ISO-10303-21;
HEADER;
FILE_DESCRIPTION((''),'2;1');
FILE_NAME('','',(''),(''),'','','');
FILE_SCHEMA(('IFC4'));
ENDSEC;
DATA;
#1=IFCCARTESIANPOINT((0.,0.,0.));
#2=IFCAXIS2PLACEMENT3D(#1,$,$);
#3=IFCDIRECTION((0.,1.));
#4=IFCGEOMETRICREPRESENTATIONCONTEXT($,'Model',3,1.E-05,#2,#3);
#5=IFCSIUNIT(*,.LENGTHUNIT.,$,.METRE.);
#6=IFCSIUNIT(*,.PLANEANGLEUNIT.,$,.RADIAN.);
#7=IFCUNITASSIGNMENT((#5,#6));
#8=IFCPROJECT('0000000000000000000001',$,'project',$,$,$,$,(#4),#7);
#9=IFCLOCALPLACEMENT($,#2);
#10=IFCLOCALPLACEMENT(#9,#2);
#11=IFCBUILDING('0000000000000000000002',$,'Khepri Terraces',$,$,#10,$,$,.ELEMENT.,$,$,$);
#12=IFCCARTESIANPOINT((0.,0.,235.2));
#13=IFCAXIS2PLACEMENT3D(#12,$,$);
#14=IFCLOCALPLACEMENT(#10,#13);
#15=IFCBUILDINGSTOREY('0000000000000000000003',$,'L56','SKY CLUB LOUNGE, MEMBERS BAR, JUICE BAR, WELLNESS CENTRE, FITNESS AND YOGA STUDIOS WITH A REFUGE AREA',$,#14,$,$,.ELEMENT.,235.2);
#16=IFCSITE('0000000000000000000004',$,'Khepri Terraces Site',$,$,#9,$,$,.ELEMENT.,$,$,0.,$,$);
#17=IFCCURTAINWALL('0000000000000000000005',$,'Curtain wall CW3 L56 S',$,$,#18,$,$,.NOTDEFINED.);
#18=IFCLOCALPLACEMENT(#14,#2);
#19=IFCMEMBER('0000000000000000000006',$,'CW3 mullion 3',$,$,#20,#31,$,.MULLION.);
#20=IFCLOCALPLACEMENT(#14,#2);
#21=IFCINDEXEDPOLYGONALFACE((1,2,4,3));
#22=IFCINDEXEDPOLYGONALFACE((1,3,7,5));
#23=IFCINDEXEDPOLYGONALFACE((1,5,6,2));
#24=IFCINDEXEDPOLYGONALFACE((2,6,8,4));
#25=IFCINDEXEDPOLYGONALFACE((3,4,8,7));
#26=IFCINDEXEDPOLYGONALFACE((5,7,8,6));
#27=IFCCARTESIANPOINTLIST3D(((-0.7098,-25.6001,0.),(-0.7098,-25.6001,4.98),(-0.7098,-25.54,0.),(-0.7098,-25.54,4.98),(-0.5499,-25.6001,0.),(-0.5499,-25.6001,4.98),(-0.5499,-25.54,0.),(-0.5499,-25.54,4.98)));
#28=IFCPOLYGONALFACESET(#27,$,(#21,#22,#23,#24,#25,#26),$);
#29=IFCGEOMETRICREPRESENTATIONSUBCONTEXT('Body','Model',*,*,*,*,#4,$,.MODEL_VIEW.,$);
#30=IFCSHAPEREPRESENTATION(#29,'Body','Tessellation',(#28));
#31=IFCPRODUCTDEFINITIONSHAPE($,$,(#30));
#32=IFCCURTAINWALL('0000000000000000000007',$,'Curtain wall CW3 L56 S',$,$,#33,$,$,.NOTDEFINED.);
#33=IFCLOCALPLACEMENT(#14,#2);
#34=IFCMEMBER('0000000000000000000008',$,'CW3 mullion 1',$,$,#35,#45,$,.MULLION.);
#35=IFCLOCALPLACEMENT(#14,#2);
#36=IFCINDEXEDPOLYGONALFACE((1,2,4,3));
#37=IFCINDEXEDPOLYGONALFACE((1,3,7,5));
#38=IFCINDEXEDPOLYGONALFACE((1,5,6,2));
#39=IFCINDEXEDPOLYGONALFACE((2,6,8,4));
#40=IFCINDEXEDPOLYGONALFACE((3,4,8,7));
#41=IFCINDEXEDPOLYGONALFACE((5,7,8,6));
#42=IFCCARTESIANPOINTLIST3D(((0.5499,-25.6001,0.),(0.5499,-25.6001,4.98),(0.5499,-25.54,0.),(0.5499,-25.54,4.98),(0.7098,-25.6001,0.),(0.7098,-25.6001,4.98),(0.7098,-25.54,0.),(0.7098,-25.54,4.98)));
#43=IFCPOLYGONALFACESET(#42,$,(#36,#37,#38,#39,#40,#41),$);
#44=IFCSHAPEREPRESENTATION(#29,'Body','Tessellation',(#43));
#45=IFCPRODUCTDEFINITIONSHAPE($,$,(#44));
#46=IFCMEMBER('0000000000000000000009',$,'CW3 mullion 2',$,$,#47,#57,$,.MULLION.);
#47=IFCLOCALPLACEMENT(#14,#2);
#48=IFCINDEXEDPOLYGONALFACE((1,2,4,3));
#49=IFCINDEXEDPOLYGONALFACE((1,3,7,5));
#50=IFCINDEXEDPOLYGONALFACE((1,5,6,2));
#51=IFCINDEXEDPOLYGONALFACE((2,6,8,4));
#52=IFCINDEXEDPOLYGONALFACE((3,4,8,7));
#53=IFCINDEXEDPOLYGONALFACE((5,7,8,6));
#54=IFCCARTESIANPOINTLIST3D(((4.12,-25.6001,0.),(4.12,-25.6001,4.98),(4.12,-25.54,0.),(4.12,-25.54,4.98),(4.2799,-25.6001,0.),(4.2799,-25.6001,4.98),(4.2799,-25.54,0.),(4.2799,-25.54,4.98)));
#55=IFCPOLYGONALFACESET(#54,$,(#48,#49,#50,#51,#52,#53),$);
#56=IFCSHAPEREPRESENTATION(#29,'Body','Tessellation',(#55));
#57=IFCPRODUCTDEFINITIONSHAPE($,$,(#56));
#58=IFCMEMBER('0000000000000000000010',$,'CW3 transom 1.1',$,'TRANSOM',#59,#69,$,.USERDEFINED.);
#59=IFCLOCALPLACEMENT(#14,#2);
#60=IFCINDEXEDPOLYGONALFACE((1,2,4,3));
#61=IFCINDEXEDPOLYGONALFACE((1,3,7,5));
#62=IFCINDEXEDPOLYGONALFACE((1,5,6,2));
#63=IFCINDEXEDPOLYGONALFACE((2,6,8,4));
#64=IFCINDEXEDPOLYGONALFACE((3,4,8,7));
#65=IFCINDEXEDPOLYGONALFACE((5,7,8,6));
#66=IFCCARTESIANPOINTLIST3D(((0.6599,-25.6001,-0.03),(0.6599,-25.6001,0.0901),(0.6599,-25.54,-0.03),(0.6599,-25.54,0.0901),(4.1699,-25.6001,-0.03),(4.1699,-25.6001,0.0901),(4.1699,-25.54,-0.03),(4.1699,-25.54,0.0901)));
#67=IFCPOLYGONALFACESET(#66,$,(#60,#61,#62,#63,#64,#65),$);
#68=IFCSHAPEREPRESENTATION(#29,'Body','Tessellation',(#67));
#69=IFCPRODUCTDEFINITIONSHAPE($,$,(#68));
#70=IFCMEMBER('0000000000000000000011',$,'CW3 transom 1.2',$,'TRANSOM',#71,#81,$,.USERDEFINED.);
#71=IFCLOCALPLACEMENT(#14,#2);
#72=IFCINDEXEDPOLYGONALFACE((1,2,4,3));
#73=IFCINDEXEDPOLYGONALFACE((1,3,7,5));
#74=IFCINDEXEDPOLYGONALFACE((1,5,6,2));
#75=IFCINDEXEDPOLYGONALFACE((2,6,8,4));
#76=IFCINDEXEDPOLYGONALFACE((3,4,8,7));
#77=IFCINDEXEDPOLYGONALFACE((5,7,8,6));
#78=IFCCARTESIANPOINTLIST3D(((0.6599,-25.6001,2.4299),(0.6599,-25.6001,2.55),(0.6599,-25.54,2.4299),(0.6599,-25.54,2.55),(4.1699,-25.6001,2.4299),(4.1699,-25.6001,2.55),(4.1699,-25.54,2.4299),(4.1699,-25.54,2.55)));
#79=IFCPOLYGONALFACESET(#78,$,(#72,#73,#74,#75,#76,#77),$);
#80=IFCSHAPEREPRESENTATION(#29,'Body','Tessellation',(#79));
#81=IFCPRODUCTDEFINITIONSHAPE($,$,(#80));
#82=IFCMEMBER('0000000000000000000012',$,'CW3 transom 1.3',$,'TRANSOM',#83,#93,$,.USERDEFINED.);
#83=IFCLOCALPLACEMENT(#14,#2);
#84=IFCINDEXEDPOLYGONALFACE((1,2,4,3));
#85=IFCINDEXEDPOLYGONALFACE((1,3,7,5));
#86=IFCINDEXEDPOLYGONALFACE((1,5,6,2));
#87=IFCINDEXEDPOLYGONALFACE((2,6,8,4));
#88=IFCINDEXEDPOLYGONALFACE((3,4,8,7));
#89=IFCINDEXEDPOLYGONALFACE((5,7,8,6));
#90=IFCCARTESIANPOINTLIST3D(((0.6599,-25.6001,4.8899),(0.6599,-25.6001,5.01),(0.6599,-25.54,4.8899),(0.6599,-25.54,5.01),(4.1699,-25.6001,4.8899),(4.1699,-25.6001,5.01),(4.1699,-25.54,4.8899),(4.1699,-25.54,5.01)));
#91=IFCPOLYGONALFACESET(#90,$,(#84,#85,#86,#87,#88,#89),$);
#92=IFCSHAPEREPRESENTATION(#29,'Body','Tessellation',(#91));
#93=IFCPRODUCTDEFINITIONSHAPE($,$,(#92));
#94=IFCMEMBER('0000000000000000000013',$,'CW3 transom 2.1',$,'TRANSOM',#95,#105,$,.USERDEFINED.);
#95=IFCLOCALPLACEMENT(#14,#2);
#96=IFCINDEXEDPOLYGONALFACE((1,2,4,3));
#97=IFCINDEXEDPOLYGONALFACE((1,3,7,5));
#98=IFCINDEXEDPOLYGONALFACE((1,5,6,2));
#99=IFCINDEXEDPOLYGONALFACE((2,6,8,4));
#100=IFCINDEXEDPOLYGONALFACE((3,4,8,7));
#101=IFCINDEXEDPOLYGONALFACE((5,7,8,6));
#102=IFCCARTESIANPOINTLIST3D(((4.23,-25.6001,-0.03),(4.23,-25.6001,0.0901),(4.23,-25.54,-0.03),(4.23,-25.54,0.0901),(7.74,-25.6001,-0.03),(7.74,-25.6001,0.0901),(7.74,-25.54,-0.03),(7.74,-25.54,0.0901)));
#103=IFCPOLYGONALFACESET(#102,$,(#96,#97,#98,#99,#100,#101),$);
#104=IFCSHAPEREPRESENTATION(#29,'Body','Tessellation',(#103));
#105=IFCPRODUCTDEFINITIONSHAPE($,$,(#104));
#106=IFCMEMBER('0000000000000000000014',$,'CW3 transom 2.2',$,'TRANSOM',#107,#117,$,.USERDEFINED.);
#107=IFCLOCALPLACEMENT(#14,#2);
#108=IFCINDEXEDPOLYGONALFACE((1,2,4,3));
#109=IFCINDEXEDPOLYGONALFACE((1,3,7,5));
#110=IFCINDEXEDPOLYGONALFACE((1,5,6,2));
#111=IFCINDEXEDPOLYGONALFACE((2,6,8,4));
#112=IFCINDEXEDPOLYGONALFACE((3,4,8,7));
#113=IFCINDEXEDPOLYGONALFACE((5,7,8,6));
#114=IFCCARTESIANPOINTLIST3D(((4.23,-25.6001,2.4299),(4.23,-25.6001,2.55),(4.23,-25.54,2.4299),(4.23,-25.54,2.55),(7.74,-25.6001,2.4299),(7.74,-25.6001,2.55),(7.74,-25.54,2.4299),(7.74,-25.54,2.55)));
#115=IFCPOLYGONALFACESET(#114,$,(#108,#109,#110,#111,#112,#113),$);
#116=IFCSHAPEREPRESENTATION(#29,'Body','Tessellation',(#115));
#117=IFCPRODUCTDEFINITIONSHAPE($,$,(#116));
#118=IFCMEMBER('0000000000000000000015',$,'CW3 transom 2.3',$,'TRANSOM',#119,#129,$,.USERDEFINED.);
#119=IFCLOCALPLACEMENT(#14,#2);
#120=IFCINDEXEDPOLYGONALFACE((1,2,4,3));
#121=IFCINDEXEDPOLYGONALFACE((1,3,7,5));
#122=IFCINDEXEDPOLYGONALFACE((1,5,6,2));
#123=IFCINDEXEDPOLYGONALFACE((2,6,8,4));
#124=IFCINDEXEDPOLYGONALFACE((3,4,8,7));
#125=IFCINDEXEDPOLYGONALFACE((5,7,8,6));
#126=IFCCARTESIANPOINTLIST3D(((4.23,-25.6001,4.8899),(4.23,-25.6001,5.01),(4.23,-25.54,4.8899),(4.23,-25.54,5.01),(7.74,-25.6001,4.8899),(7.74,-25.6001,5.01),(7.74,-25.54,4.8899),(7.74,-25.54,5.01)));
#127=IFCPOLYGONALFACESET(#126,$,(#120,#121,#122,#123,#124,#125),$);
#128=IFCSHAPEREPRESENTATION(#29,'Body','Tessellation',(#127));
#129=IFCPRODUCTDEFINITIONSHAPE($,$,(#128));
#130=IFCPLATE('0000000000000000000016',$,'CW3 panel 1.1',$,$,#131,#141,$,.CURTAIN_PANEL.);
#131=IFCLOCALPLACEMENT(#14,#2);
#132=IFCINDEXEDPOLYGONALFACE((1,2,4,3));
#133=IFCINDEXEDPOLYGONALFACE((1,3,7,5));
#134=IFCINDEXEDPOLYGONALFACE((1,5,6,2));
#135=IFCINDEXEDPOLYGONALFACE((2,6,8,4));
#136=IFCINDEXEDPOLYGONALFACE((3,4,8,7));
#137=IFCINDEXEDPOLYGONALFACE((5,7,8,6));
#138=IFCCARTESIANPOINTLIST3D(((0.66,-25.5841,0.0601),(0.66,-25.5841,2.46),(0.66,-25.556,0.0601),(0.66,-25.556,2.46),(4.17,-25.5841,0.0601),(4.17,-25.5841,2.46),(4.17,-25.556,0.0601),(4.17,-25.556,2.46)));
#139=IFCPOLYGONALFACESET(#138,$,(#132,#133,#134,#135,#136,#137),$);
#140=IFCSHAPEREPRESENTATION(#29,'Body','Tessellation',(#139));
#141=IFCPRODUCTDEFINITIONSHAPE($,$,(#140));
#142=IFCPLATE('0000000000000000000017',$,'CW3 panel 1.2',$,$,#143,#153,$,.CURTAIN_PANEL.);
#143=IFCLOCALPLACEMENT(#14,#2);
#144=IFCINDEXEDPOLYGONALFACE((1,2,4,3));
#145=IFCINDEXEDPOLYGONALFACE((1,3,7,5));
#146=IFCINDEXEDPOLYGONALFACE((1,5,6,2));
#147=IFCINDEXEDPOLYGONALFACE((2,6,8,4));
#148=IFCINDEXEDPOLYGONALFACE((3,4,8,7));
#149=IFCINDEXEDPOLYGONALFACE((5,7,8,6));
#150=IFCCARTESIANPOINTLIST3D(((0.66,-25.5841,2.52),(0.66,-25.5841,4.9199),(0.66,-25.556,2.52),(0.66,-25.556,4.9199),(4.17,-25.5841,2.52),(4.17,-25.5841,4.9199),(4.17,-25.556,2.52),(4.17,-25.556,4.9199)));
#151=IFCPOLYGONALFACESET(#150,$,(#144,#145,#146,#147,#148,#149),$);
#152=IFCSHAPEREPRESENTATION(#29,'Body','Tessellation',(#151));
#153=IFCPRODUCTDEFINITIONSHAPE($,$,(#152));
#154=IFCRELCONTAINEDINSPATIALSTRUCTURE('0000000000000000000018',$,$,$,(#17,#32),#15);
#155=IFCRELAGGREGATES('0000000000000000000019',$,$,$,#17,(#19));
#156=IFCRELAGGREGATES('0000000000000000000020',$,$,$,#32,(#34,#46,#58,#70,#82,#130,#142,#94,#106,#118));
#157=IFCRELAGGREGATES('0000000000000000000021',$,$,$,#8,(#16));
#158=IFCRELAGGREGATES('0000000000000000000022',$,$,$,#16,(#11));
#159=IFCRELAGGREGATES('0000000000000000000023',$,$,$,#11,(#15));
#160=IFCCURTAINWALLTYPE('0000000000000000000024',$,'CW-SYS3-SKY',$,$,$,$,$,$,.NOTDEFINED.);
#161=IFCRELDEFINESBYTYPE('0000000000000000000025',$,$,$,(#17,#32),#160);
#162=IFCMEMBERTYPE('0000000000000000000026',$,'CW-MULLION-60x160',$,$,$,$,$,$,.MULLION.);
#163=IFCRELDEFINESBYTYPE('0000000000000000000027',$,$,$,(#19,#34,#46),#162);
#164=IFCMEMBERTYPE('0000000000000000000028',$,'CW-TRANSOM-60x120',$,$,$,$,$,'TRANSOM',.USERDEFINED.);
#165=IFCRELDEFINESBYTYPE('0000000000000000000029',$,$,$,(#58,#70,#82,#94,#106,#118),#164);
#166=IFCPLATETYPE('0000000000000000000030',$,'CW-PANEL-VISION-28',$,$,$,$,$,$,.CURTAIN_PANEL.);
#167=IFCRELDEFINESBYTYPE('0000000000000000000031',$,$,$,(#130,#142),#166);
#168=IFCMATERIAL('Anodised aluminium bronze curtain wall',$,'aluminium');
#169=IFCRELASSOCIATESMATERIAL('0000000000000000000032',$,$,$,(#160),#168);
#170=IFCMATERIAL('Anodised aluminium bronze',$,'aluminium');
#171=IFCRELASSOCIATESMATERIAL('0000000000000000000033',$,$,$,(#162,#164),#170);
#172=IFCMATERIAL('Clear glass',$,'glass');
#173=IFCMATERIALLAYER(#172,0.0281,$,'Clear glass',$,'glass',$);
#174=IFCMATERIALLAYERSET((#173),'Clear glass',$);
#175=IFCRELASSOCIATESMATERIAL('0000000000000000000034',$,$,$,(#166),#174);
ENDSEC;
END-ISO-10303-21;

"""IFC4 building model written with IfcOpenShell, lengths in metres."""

from ifc_helpers import new_model, si_unit, direction, frame, origin, origin_2d, place, context, subcontext, project, spatial, rectangle, extrude, material, layer, layer_set, material_profile, profile_set, type_object, element, aggregate, save


model = new_model("IFC4")

# Units and contexts
model_context = context("Model", 3, precision=1e-05, world=origin(), true_north=direction((0.0, 1.0)))
body_context = subcontext(model_context, "Body", "Model", "MODEL_VIEW")
ifc_project = project(units=[si_unit("LENGTHUNIT", "METRE"), si_unit("PLANEANGLEUNIT", "RADIAN")], contexts=[model_context])

# Site, building, storey
site_placement = place(None, origin())
site = spatial("IfcSite", under=ifc_project, at=site_placement, Name="Khepri Terraces Site", CompositionType="ELEMENT", RefElevation=0.0)
building_placement = place(site_placement, origin())
building = spatial("IfcBuilding", under=site, at=building_placement, Name="Khepri Terraces", CompositionType="ELEMENT")
storey_placement = place(building_placement, frame((0.0, 0.0, 235.2)))
storey = spatial("IfcBuildingStorey", under=building, at=storey_placement, Name="L56", Description="SKY CLUB LOUNGE, MEMBERS BAR, JUICE BAR, WELLNESS CENTRE, FITNESS AND YOGA STUDIOS WITH A REFUGE AREA", CompositionType="ELEMENT", Elevation=235.2)

# Curtain wall, member
ifc_material_1 = material(Name="Anodised aluminium bronze curtain wall", Category="aluminium")
curtain_wall_type = type_object("IfcCurtainWallType", Name="CW-SYS3-SKY", PredefinedType="NOTDEFINED", material=ifc_material_1)
curtain_wall_1_placement = place(storey_placement, origin())
curtain_wall_1 = element("IfcCurtainWall", 1, at=curtain_wall_1_placement, inside=storey, type_object=curtain_wall_type, Name="Curtain wall CW3 L56 S", PredefinedType="NOTDEFINED")
ifc_material_2 = material(Name="Anodised aluminium bronze", Category="aluminium")
ifc_material_profile_1 = material_profile(ifc_material_2, rectangle(XDim=0.0601, YDim=0.1599, at=origin_2d()), Name="Anodised aluminium bronze", Category="aluminium")
ifc_profile_set_1 = profile_set([ifc_material_profile_1], Name="Anodised aluminium bronze")
member_type_1 = type_object("IfcMemberType", Name="CW-MULLION-60x160", PredefinedType="MULLION", material=ifc_profile_set_1)
member_1_placement = place(storey_placement, frame((-0.6299, -25.5701, 0.0), z_axis=(0.0, 0.0, 1.0), x_axis=(0.0, 1.0, 0.0)))
member_1 = element("IfcMember", 2, at=member_1_placement, type_object=member_type_1, Name="CW3 mullion 3", PredefinedType="MULLION", context=body_context, shape_type="SweptSolid", body=[
    extrude(rectangle(XDim=0.0601, YDim=0.1599, at=origin_2d()), origin(), (0.0, 0.0, 1.0), 4.98),
])
aggregate(curtain_wall_1, [member_1])

# Curtain wall, members, plates
curtain_wall_2_placement = place(storey_placement, origin())
curtain_wall_2 = element("IfcCurtainWall", 3, at=curtain_wall_2_placement, inside=storey, type_object=curtain_wall_type, Name="Curtain wall CW3 L56 S", PredefinedType="NOTDEFINED")
member_2_placement = place(storey_placement, frame((0.6299, -25.5701, 0.0), z_axis=(0.0, 0.0, 1.0), x_axis=(0.0, 1.0, 0.0)))
member_2 = element("IfcMember", 4, at=member_2_placement, type_object=member_type_1, Name="CW3 mullion 1", PredefinedType="MULLION", context=body_context, shape_type="SweptSolid", body=[
    extrude(rectangle(XDim=0.0601, YDim=0.1599, at=origin_2d()), origin(), (0.0, 0.0, 1.0), 4.98),
])
member_3_placement = place(storey_placement, frame((4.2, -25.5701, 0.0), z_axis=(0.0, 0.0, 1.0), x_axis=(0.0, 1.0, 0.0)))
member_3 = element("IfcMember", 5, at=member_3_placement, type_object=member_type_1, Name="CW3 mullion 2", PredefinedType="MULLION", context=body_context, shape_type="SweptSolid", body=[
    extrude(rectangle(XDim=0.0601, YDim=0.1599, at=origin_2d()), origin(), (0.0, 0.0, 1.0), 4.98),
])
ifc_material_profile_2 = material_profile(ifc_material_2, rectangle(XDim=0.0601, YDim=0.1201, at=origin_2d()), Name="Anodised aluminium bronze", Category="aluminium")
ifc_profile_set_2 = profile_set([ifc_material_profile_2], Name="Anodised aluminium bronze")
member_type_2 = type_object("IfcMemberType", Name="CW-TRANSOM-60x120", ElementType="TRANSOM", PredefinedType="USERDEFINED", material=ifc_profile_set_2)
member_4_placement = place(storey_placement, frame((0.6599, -25.5701, 0.03), z_axis=(1.0, 0.0, 0.0), x_axis=(0.0, 1.0, 0.0)))
member_4 = element("IfcMember", 6, at=member_4_placement, type_object=member_type_2, Name="CW3 transom 1.1", ObjectType="TRANSOM", PredefinedType="USERDEFINED", context=body_context, shape_type="SweptSolid", body=[
    extrude(rectangle(XDim=0.0601, YDim=0.1201, at=origin_2d()), origin(), (0.0, 0.0, 1.0), 3.51),
])
member_5_placement = place(storey_placement, frame((0.6599, -25.5701, 2.49), z_axis=(1.0, 0.0, 0.0), x_axis=(0.0, 1.0, 0.0)))
member_5 = element("IfcMember", 7, at=member_5_placement, type_object=member_type_2, Name="CW3 transom 1.2", ObjectType="TRANSOM", PredefinedType="USERDEFINED", context=body_context, shape_type="SweptSolid", body=[
    extrude(rectangle(XDim=0.0601, YDim=0.1201, at=origin_2d()), origin(), (0.0, 0.0, 1.0), 3.51),
])
member_6_placement = place(storey_placement, frame((0.6599, -25.5701, 4.95), z_axis=(1.0, 0.0, 0.0), x_axis=(0.0, 1.0, 0.0)))
member_6 = element("IfcMember", 8, at=member_6_placement, type_object=member_type_2, Name="CW3 transom 1.3", ObjectType="TRANSOM", PredefinedType="USERDEFINED", context=body_context, shape_type="SweptSolid", body=[
    extrude(rectangle(XDim=0.0601, YDim=0.1201, at=origin_2d()), origin(), (0.0, 0.0, 1.0), 3.51),
])
member_7_placement = place(storey_placement, frame((4.23, -25.5701, 0.03), z_axis=(1.0, 0.0, 0.0), x_axis=(0.0, 1.0, 0.0)))
member_7 = element("IfcMember", 9, at=member_7_placement, type_object=member_type_2, Name="CW3 transom 2.1", ObjectType="TRANSOM", PredefinedType="USERDEFINED", context=body_context, shape_type="SweptSolid", body=[
    extrude(rectangle(XDim=0.0601, YDim=0.1201, at=origin_2d()), origin(), (0.0, 0.0, 1.0), 3.51),
])
member_8_placement = place(storey_placement, frame((4.23, -25.5701, 2.49), z_axis=(1.0, 0.0, 0.0), x_axis=(0.0, 1.0, 0.0)))
member_8 = element("IfcMember", 10, at=member_8_placement, type_object=member_type_2, Name="CW3 transom 2.2", ObjectType="TRANSOM", PredefinedType="USERDEFINED", context=body_context, shape_type="SweptSolid", body=[
    extrude(rectangle(XDim=0.0601, YDim=0.1201, at=origin_2d()), origin(), (0.0, 0.0, 1.0), 3.51),
])
member_9_placement = place(storey_placement, frame((4.23, -25.5701, 4.95), z_axis=(1.0, 0.0, 0.0), x_axis=(0.0, 1.0, 0.0)))
member_9 = element("IfcMember", 11, at=member_9_placement, type_object=member_type_2, Name="CW3 transom 2.3", ObjectType="TRANSOM", PredefinedType="USERDEFINED", context=body_context, shape_type="SweptSolid", body=[
    extrude(rectangle(XDim=0.0601, YDim=0.1201, at=origin_2d()), origin(), (0.0, 0.0, 1.0), 3.51),
])
ifc_material_3 = material(Name="Clear glass", Category="glass")
ifc_layer = layer(ifc_material_3, 0.0281, Name="Clear glass", Category="glass")
ifc_layer_set = layer_set([ifc_layer], Name="Clear glass")
plate_type = type_object("IfcPlateType", Name="CW-PANEL-VISION-28", PredefinedType="CURTAIN_PANEL", material=ifc_layer_set)
plate_1_placement = place(storey_placement, frame((2.415, -25.5701, 0.0601), z_axis=(0.0, 0.0, 1.0), x_axis=(1.0, 0.0, 0.0)))
plate_1 = element("IfcPlate", 12, at=plate_1_placement, type_object=plate_type, Name="CW3 panel 1.1", PredefinedType="CURTAIN_PANEL", context=body_context, shape_type="SweptSolid", body=[
    extrude(rectangle(XDim=3.51, YDim=0.0281, at=origin_2d()), origin(), (0.0, 0.0, 1.0), 2.3999),
])
plate_2_placement = place(storey_placement, frame((2.415, -25.5701, 2.52), z_axis=(0.0, 0.0, 1.0), x_axis=(1.0, 0.0, 0.0)))
plate_2 = element("IfcPlate", 13, at=plate_2_placement, type_object=plate_type, Name="CW3 panel 1.2", PredefinedType="CURTAIN_PANEL", context=body_context, shape_type="SweptSolid", body=[
    extrude(rectangle(XDim=3.51, YDim=0.0281, at=origin_2d()), origin(), (0.0, 0.0, 1.0), 2.3999),
])
aggregate(curtain_wall_2, [member_2, member_3, member_4, member_5, member_6, plate_1, plate_2, member_7, member_8, member_9])

save(model, "model.ifc")
